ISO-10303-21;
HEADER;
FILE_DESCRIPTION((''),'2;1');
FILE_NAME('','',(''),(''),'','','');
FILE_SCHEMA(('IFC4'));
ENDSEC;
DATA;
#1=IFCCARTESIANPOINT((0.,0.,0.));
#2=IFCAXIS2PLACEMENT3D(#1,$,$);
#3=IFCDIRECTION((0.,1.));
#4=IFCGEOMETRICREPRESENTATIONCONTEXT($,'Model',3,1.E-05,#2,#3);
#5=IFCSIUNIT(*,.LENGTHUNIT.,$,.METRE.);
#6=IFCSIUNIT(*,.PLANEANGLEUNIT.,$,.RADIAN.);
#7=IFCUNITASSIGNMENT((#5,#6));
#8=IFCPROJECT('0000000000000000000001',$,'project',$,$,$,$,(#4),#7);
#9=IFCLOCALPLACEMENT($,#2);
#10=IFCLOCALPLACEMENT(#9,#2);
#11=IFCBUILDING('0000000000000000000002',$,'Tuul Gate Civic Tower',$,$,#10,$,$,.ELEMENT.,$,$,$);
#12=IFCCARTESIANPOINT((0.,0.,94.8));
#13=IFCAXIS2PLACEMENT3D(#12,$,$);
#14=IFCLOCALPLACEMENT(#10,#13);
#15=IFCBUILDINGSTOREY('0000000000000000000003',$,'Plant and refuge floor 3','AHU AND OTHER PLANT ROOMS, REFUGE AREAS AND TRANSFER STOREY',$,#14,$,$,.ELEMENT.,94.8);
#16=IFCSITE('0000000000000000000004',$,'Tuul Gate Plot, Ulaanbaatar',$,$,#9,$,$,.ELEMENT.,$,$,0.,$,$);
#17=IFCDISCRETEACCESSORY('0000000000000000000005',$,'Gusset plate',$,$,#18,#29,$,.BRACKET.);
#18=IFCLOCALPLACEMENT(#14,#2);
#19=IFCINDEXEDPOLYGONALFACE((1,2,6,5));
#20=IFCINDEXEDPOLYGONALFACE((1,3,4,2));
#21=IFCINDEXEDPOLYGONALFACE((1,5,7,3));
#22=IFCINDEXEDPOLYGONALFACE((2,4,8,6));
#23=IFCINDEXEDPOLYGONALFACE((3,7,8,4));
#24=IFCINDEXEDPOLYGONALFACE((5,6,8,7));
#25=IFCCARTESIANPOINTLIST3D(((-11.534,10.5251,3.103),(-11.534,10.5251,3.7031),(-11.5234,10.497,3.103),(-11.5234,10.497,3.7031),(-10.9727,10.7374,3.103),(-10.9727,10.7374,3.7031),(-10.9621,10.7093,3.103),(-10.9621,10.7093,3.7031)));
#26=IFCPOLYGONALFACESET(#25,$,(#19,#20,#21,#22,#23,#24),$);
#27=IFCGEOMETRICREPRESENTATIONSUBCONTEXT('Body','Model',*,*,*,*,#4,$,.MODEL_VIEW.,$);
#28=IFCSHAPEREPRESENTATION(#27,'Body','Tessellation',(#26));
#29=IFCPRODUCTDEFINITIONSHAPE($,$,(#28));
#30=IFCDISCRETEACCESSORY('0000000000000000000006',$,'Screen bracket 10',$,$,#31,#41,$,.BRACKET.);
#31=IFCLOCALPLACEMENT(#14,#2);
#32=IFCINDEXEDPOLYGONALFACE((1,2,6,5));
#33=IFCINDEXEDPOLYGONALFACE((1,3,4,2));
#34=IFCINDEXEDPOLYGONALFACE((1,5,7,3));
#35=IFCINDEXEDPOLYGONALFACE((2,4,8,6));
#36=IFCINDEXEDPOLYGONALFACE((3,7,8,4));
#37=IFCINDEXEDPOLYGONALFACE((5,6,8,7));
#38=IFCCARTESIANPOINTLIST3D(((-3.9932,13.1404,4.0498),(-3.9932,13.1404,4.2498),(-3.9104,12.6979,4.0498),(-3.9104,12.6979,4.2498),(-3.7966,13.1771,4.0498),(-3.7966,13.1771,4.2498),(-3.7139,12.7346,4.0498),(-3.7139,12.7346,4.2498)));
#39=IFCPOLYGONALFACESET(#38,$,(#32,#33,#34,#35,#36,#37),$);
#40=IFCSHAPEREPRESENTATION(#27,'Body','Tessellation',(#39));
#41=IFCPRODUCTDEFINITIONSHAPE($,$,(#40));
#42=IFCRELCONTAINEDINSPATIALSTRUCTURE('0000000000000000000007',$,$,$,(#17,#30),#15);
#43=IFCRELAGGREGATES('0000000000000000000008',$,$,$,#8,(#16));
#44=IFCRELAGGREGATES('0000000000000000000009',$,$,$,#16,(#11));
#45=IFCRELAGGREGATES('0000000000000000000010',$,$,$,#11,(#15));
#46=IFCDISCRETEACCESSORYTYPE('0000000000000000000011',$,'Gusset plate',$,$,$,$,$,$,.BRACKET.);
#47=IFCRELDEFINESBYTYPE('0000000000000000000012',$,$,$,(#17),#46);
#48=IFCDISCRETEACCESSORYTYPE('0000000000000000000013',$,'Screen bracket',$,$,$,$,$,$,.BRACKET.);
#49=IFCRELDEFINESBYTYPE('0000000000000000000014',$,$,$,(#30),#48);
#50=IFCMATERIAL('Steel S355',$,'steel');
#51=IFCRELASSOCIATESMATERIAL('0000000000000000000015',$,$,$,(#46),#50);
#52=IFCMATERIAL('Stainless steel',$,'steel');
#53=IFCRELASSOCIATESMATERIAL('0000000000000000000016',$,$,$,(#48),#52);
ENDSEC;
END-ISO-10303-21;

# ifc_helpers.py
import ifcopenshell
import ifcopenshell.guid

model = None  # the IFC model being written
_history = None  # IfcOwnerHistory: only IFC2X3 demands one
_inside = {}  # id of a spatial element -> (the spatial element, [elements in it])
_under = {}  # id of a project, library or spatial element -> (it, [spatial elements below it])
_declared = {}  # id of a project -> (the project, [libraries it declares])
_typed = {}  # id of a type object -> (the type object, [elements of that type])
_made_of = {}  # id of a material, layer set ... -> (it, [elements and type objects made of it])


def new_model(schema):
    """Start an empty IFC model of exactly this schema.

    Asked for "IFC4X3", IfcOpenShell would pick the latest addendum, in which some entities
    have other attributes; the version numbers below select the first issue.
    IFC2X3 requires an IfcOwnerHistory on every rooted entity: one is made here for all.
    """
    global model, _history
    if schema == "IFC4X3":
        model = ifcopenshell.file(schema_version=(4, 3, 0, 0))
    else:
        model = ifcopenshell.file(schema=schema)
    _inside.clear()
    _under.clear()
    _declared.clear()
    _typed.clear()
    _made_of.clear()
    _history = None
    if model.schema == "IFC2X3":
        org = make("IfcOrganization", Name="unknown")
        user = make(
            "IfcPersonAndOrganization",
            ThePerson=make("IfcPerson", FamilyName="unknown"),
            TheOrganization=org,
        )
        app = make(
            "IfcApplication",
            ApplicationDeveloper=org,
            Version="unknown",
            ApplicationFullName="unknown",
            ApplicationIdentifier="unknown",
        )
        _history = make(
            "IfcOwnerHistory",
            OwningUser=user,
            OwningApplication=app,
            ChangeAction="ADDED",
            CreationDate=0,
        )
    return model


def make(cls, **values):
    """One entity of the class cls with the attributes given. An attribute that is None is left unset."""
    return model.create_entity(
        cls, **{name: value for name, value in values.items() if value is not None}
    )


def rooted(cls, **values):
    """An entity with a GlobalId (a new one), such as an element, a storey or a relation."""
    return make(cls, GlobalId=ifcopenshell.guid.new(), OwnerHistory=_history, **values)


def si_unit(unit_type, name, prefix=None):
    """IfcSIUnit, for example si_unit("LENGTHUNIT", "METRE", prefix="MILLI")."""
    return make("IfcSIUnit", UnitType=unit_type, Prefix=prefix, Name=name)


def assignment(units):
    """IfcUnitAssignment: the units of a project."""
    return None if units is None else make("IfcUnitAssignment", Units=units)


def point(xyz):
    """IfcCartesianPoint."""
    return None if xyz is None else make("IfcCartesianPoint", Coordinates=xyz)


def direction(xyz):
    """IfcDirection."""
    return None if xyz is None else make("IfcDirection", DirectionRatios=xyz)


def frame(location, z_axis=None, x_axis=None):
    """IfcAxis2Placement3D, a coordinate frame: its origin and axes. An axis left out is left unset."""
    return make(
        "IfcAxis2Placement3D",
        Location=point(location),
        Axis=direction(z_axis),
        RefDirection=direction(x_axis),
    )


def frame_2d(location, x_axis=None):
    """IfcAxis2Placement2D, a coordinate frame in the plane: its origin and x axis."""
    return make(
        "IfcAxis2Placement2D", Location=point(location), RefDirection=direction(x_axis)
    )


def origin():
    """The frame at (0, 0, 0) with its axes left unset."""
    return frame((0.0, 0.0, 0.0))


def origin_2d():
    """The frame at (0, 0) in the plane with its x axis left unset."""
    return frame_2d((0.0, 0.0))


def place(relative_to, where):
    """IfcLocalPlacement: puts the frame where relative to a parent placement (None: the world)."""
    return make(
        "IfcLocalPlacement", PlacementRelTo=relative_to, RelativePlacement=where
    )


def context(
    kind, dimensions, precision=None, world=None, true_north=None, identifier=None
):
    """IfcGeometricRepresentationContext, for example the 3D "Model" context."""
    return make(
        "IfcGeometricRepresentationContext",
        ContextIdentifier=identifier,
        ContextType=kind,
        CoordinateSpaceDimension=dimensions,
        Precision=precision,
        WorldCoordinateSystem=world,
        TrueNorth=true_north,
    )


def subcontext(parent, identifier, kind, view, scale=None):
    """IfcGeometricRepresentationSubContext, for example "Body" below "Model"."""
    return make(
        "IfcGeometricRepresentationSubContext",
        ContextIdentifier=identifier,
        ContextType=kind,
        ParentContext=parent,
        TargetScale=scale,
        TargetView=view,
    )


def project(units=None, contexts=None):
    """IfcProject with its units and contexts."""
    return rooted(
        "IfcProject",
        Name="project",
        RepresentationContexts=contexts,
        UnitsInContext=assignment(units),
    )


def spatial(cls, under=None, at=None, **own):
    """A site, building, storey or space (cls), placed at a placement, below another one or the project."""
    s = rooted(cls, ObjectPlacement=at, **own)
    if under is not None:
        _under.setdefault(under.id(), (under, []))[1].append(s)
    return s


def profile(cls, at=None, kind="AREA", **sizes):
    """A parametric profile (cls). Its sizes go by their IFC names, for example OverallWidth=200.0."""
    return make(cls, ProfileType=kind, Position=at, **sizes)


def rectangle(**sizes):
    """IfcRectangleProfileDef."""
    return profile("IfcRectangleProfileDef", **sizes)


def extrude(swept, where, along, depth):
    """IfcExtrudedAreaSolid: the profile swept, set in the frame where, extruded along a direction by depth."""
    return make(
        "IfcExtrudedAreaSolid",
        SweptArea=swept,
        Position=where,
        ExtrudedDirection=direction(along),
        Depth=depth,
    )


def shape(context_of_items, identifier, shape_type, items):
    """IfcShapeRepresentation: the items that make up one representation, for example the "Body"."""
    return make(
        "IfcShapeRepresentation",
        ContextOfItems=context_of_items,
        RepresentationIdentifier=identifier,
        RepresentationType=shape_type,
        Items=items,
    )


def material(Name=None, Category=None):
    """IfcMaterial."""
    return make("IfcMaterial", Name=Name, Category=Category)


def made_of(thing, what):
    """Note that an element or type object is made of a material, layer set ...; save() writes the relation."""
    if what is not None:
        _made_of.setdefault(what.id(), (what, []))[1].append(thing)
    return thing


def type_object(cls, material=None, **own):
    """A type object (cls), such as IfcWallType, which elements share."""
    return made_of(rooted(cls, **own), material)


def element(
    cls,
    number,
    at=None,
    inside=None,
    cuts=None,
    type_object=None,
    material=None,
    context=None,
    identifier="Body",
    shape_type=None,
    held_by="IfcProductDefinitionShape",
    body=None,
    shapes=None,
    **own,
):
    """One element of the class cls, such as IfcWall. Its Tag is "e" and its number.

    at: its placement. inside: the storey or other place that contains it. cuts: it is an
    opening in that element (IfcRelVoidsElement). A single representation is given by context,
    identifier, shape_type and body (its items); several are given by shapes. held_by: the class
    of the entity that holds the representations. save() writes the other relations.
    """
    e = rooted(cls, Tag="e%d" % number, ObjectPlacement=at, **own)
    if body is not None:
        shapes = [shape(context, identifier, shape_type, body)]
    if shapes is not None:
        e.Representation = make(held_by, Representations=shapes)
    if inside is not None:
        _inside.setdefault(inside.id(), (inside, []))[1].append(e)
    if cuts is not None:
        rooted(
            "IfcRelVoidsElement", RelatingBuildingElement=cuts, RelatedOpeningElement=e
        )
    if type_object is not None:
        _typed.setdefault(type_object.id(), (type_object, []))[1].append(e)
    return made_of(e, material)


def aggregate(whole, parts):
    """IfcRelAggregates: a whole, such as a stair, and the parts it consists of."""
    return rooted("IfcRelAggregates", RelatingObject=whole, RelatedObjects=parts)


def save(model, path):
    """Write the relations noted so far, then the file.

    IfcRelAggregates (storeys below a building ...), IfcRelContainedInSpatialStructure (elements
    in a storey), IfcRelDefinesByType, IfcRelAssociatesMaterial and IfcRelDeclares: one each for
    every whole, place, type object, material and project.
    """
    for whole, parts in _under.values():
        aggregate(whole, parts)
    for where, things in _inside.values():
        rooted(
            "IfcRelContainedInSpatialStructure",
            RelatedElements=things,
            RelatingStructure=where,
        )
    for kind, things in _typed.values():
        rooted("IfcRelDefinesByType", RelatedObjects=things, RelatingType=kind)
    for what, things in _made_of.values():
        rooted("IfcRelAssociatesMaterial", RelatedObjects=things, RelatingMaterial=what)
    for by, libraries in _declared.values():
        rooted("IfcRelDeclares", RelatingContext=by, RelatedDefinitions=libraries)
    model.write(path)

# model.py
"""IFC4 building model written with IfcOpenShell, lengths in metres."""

from ifc_helpers import new_model, si_unit, direction, frame, origin, origin_2d, place, context, subcontext, project, spatial, rectangle, extrude, material, type_object, element, save


model = new_model("IFC4")

# Units and contexts
model_context = context("Model", 3, precision=1e-05, world=origin(), true_north=direction((0.0, 1.0)))
body_context = subcontext(model_context, "Body", "Model", "MODEL_VIEW")
ifc_project = project(units=[si_unit("LENGTHUNIT", "METRE"), si_unit("PLANEANGLEUNIT", "RADIAN")], contexts=[model_context])

# Site, building, storey
site_placement = place(None, origin())
site = spatial("IfcSite", under=ifc_project, at=site_placement, Name="Tuul Gate Plot, Ulaanbaatar", CompositionType="ELEMENT", RefElevation=0.0)
building_placement = place(site_placement, origin())
building = spatial("IfcBuilding", under=site, at=building_placement, Name="Tuul Gate Civic Tower", CompositionType="ELEMENT")
storey_placement = place(building_placement, frame((0.0, 0.0, 94.8)))
storey = spatial("IfcBuildingStorey", under=building, at=storey_placement, Name="Plant and refuge floor 3", Description="AHU AND OTHER PLANT ROOMS, REFUGE AREAS AND TRANSFER STOREY", CompositionType="ELEMENT", Elevation=94.8)

# Discrete accessories
ifc_material_1 = material(Name="Steel S355", Category="steel")
discrete_accessory_type_1 = type_object("IfcDiscreteAccessoryType", Name="Gusset plate", PredefinedType="BRACKET", material=ifc_material_1)
discrete_accessory_1_placement = place(storey_placement, frame((-11.248, 10.6172, 3.103), z_axis=(0.0, 0.0, 1.0), x_axis=(-0.935344, -0.353739, 0.0)))
element("IfcDiscreteAccessory", 1, at=discrete_accessory_1_placement, inside=storey, type_object=discrete_accessory_type_1, Name="Gusset plate", PredefinedType="BRACKET", context=body_context, shape_type="SweptSolid", body=[
    extrude(rectangle(XDim=0.6001, YDim=0.03, at=origin_2d()), origin(), (0.0, 0.0, 1.0), 0.6001),
])
ifc_material_2 = material(Name="Stainless steel", Category="steel")
discrete_accessory_type_2 = type_object("IfcDiscreteAccessoryType", Name="Screen bracket", PredefinedType="BRACKET", material=ifc_material_2)
discrete_accessory_2_placement = place(storey_placement, frame((-3.8535, 12.9375, 4.0498), z_axis=(0.0, 0.0, 1.0), x_axis=(-0.183878, 0.982949, 0.0)))
element("IfcDiscreteAccessory", 2, at=discrete_accessory_2_placement, inside=storey, type_object=discrete_accessory_type_2, Name="Screen bracket 10", PredefinedType="BRACKET", context=body_context, shape_type="SweptSolid", body=[
    extrude(rectangle(XDim=0.4502, YDim=0.2, at=origin_2d()), origin(), (0.0, 0.0, 1.0), 0.2),
])

save(model, "model.ifc")
